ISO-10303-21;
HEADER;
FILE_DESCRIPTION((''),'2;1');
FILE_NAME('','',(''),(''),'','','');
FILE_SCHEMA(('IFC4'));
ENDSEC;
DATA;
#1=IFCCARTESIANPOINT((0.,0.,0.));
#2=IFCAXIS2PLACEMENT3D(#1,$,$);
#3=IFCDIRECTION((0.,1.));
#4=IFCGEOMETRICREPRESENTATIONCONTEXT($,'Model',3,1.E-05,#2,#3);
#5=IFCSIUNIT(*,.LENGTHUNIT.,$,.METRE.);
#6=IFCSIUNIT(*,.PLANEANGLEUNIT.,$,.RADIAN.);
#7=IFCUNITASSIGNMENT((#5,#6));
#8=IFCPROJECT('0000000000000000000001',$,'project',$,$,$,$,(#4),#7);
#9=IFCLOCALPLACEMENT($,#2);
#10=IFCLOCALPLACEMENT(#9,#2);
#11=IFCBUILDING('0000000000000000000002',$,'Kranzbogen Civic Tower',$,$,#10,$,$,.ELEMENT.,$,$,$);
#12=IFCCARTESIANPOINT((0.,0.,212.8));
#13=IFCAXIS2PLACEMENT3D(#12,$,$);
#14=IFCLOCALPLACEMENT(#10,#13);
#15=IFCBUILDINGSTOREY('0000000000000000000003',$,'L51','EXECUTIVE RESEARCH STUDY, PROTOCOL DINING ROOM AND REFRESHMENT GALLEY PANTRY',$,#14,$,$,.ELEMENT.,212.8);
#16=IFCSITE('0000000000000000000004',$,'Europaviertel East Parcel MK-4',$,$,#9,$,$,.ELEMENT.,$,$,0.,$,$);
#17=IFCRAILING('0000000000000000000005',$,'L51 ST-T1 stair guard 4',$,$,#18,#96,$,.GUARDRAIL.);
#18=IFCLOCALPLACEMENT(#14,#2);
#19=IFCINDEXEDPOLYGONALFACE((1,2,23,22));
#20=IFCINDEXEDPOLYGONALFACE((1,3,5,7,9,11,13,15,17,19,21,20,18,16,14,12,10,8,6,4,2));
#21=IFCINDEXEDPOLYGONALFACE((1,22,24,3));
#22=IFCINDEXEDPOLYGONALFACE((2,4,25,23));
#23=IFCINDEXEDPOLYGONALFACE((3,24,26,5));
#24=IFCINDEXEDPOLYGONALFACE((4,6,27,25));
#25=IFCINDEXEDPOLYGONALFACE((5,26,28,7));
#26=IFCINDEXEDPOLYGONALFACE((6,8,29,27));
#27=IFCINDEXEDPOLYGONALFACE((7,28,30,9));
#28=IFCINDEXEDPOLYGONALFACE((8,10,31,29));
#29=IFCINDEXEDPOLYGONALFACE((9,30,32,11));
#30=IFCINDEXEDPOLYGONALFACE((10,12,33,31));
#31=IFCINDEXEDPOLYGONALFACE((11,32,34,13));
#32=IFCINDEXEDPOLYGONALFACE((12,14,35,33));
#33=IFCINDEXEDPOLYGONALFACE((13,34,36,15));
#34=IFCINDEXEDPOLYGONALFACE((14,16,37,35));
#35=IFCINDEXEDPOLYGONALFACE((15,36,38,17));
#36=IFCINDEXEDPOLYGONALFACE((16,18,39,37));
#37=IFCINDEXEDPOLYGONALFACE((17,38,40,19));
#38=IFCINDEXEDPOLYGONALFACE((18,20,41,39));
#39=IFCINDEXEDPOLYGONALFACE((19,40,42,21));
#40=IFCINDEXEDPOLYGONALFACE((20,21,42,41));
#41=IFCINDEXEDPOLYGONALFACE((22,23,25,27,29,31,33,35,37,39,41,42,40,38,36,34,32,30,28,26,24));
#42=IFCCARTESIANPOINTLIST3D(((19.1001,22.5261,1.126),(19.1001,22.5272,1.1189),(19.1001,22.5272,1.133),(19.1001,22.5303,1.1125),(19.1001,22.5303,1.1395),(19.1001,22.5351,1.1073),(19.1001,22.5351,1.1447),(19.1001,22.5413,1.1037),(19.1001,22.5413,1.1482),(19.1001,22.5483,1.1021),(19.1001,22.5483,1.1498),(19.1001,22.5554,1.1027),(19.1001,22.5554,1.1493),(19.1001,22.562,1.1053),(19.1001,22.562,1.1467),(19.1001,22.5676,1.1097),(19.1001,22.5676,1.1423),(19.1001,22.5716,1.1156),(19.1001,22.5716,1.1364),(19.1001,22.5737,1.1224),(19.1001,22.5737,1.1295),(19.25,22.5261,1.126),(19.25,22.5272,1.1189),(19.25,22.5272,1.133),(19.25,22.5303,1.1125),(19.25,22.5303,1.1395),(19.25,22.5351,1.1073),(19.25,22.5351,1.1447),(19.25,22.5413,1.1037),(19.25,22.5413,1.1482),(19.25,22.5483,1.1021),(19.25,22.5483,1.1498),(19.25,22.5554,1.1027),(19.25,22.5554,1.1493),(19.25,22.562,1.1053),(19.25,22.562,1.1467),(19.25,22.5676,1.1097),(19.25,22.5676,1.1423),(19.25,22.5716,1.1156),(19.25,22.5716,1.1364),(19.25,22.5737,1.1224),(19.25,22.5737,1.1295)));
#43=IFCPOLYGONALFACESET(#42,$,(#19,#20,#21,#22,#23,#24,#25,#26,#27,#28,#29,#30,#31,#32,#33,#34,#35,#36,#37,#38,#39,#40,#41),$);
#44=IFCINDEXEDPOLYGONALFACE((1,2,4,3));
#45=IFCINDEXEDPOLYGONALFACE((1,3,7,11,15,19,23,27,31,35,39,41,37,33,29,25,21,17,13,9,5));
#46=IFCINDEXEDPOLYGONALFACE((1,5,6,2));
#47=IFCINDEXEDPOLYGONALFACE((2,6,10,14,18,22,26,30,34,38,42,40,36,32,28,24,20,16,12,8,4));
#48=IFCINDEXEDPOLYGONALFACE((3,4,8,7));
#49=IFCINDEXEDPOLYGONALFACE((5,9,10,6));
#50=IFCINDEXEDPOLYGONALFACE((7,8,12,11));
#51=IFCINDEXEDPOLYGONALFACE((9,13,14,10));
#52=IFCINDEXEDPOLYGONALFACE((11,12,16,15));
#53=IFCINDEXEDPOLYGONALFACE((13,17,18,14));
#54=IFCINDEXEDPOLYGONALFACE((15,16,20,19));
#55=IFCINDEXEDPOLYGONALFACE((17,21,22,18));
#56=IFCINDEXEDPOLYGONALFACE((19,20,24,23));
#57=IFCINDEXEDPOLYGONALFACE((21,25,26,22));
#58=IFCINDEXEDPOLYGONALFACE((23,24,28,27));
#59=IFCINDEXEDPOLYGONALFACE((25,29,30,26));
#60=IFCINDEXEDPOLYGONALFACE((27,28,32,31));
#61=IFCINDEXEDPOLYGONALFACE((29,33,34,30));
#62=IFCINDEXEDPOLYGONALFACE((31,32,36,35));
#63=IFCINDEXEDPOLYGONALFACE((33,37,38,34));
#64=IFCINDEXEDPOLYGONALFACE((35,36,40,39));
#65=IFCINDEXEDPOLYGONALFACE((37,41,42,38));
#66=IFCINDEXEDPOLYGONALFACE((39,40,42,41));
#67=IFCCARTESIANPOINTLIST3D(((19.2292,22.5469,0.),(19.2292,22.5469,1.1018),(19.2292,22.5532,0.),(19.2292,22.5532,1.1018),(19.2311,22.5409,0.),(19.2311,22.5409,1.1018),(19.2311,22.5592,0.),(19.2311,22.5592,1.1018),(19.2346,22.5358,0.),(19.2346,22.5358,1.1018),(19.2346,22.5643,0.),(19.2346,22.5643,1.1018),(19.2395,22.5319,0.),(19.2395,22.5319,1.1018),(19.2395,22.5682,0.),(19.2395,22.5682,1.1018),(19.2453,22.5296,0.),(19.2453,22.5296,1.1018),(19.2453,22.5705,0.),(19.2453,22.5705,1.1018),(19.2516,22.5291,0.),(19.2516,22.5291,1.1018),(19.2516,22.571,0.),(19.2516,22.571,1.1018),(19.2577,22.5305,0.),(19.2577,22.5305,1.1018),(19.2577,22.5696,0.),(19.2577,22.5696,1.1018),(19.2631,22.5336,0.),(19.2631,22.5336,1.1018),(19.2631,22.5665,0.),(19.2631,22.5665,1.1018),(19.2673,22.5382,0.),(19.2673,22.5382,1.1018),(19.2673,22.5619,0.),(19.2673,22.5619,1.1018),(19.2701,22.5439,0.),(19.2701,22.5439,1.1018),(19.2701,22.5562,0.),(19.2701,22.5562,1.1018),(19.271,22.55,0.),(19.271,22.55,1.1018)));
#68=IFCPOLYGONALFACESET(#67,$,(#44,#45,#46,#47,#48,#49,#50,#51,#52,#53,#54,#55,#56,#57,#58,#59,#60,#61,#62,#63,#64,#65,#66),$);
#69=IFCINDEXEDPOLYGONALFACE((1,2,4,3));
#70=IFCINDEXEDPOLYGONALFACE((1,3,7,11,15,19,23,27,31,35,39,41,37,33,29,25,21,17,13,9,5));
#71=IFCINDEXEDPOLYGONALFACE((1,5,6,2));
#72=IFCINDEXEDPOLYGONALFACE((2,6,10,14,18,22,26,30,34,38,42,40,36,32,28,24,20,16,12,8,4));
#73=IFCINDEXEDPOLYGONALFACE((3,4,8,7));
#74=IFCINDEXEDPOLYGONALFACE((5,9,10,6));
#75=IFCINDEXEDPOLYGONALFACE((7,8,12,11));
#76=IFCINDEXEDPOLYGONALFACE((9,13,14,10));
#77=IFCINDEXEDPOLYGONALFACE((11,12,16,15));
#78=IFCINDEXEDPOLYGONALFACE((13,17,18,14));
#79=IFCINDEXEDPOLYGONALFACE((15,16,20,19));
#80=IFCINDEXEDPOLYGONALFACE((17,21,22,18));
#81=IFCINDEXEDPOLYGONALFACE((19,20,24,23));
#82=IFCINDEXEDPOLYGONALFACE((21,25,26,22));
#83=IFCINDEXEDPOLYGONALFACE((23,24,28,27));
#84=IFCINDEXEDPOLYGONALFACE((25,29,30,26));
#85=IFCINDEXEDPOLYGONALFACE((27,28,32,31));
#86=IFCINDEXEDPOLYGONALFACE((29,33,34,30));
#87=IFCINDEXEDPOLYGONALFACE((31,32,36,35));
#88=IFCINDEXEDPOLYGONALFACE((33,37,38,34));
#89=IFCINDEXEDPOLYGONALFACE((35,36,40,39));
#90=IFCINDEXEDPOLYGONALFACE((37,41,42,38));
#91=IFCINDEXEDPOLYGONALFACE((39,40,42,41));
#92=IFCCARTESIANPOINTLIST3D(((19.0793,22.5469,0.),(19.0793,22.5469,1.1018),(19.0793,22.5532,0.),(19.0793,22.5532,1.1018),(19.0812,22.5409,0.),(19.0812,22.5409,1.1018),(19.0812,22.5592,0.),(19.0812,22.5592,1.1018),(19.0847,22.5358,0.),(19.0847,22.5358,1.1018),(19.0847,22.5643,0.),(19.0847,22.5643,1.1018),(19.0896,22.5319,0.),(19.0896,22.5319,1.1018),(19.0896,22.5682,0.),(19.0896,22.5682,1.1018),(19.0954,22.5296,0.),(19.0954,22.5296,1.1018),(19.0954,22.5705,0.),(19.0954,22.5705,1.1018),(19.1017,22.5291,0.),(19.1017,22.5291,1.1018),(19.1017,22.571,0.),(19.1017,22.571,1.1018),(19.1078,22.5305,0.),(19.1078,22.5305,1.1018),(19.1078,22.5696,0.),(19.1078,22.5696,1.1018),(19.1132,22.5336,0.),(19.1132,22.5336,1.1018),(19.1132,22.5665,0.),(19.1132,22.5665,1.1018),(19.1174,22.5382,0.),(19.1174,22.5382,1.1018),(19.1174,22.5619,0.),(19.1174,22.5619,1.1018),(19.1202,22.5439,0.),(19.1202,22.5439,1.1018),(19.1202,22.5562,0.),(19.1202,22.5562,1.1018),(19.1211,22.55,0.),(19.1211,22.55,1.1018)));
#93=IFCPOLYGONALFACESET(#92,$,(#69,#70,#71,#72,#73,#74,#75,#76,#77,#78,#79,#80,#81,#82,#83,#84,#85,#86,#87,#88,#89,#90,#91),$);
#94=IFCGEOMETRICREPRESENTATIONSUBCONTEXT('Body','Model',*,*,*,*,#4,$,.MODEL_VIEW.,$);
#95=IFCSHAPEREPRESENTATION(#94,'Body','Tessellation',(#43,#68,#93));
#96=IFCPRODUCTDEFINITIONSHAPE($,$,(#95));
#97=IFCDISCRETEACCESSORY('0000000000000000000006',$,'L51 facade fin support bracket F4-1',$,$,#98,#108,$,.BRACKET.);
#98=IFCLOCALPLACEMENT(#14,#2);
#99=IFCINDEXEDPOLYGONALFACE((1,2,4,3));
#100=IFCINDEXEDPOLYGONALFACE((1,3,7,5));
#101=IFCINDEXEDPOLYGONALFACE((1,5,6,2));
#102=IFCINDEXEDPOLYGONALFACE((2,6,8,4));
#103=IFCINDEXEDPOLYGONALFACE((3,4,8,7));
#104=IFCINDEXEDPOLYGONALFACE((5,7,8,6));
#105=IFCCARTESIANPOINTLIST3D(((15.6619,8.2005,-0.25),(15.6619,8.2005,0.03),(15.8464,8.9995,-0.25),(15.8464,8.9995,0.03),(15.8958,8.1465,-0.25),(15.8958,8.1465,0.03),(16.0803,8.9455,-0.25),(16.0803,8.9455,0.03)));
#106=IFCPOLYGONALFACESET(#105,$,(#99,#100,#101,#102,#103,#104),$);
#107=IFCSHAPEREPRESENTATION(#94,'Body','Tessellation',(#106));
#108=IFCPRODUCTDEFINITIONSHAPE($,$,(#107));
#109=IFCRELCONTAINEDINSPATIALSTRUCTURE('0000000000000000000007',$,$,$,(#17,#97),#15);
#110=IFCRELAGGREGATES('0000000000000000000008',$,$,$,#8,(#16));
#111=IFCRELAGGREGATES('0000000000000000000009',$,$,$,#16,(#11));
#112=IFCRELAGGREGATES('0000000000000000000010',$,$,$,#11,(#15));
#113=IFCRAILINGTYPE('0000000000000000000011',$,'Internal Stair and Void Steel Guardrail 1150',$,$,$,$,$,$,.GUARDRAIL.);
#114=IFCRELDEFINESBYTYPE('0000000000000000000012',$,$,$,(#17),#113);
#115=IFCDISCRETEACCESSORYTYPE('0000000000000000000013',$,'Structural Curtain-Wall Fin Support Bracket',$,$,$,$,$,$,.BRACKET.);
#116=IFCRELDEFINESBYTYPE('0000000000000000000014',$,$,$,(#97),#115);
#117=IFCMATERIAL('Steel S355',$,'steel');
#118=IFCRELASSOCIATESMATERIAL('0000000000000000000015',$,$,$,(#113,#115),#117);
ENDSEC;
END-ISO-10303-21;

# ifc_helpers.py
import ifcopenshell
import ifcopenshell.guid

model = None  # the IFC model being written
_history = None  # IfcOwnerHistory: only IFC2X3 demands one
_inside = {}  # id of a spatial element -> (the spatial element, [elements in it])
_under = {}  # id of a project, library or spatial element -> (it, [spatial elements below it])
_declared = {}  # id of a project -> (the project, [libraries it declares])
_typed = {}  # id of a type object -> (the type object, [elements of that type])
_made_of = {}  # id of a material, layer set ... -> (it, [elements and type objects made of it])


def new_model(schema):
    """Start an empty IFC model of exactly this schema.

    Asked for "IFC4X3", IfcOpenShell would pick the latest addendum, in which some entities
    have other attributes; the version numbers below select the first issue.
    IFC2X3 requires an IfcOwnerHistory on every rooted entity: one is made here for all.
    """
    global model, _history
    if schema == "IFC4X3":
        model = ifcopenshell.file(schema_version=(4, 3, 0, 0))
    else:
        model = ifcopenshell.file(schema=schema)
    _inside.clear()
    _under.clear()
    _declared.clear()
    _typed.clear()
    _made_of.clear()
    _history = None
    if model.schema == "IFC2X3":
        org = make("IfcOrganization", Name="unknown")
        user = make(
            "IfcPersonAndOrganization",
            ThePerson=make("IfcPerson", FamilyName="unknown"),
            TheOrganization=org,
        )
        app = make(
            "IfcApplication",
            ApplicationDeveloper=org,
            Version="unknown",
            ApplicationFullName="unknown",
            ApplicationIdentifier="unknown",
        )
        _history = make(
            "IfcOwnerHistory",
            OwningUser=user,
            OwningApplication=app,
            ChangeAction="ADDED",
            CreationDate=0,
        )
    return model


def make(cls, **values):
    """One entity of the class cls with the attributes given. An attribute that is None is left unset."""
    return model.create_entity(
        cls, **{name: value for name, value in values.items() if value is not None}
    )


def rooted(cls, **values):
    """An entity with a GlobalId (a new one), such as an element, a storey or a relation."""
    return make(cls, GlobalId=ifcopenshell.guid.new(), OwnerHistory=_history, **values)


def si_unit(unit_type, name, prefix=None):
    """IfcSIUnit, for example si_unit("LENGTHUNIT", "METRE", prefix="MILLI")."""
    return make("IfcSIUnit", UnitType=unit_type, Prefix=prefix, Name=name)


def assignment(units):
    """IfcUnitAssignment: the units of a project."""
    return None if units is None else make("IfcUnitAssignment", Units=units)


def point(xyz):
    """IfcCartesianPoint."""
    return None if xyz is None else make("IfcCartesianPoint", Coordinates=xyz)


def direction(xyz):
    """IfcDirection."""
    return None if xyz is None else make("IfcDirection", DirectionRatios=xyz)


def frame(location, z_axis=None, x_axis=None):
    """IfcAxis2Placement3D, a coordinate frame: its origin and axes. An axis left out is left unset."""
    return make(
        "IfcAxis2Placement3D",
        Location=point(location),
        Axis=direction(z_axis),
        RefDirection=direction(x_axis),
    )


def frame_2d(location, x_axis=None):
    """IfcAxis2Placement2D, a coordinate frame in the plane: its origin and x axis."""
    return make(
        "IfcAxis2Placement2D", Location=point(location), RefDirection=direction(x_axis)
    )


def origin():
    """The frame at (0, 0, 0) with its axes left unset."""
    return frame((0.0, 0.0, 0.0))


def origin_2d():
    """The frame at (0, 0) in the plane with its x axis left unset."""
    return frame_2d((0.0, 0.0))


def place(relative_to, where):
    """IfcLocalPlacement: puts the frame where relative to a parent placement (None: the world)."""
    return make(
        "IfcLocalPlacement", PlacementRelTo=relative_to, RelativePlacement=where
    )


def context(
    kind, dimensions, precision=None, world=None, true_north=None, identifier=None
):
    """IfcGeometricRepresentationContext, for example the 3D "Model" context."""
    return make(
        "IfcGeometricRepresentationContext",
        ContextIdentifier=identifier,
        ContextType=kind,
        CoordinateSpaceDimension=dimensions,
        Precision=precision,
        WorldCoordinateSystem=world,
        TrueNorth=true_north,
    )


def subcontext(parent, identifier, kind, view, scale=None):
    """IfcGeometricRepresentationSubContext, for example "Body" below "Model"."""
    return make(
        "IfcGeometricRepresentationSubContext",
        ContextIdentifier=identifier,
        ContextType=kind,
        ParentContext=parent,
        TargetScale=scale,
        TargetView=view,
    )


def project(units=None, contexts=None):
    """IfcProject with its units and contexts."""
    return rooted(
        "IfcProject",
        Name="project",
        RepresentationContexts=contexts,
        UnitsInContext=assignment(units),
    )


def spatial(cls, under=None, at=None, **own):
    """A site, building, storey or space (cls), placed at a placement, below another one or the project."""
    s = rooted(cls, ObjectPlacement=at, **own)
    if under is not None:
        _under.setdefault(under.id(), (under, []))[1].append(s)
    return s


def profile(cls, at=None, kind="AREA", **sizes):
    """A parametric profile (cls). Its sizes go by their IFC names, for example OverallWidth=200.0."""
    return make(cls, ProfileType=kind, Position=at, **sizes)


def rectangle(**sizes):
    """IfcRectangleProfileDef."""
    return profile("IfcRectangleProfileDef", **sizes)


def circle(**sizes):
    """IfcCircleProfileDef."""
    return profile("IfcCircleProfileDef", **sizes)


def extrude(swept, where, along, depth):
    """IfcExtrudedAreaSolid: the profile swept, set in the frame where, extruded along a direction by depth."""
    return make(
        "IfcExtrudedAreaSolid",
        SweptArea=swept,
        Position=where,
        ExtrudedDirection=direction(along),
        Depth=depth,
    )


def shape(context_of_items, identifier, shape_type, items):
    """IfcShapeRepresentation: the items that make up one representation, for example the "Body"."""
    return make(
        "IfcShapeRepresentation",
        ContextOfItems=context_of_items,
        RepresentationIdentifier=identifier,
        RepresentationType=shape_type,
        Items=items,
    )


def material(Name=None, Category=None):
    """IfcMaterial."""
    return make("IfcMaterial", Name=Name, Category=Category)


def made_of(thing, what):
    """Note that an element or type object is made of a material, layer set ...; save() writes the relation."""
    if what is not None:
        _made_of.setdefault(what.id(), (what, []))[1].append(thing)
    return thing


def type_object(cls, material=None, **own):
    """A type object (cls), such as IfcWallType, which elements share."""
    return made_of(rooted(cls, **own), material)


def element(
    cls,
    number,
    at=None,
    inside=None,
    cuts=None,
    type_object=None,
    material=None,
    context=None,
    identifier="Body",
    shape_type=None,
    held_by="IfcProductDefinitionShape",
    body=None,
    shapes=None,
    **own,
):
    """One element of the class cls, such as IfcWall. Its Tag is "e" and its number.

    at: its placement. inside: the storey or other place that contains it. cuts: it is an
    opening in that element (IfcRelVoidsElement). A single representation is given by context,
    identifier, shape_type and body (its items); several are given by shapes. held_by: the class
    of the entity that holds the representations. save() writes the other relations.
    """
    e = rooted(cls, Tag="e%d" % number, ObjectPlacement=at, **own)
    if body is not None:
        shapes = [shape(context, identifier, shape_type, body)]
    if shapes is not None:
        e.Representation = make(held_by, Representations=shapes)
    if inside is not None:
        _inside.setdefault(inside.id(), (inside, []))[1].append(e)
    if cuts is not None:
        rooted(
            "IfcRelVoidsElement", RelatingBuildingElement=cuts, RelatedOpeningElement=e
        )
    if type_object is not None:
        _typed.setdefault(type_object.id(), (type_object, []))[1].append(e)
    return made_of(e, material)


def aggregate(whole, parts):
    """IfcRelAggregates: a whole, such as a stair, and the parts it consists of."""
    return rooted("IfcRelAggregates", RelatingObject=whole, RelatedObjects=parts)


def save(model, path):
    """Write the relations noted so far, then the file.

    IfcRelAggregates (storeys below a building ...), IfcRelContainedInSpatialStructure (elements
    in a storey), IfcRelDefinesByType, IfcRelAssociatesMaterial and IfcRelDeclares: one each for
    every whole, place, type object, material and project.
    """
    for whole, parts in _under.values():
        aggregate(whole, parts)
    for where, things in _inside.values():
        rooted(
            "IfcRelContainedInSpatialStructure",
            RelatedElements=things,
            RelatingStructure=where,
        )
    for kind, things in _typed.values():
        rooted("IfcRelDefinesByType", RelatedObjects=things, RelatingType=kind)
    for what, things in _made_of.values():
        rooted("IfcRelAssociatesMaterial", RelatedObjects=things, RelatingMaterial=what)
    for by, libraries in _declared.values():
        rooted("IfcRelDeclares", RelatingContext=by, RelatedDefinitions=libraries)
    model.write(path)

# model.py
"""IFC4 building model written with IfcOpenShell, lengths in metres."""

from ifc_helpers import new_model, si_unit, direction, frame, origin, origin_2d, place, context, subcontext, project, spatial, rectangle, circle, extrude, material, type_object, element, save


model = new_model("IFC4")

# Units and contexts
model_context = context("Model", 3, precision=1e-05, world=origin(), true_north=direction((0.0, 1.0)))
body_context = subcontext(model_context, "Body", "Model", "MODEL_VIEW")
ifc_project = project(units=[si_unit("LENGTHUNIT", "METRE"), si_unit("PLANEANGLEUNIT", "RADIAN")], contexts=[model_context])

# Site, building, storey
site_placement = place(None, origin())
site = spatial("IfcSite", under=ifc_project, at=site_placement, Name="Europaviertel East Parcel MK-4", CompositionType="ELEMENT", RefElevation=0.0)
building_placement = place(site_placement, origin())
building = spatial("IfcBuilding", under=site, at=building_placement, Name="Kranzbogen Civic Tower", CompositionType="ELEMENT")
storey_placement = place(building_placement, frame((0.0, 0.0, 212.8)))
storey = spatial("IfcBuildingStorey", under=building, at=storey_placement, Name="L51", Description="EXECUTIVE RESEARCH STUDY, PROTOCOL DINING ROOM AND REFRESHMENT GALLEY PANTRY", CompositionType="ELEMENT", Elevation=212.8)

# Shared definitions
ifc_material_1 = material(Name="Steel S355", Category="steel")

# Railing
railing_type = type_object("IfcRailingType", Name="Internal Stair and Void Steel Guardrail 1150", PredefinedType="GUARDRAIL", material=ifc_material_1)
railing_1_placement = place(storey_placement, frame((19.25, 22.55, 0.0)))
element("IfcRailing", 1, at=railing_1_placement, inside=storey, type_object=railing_type, Name="L51 ST-T1 stair guard 4", PredefinedType="GUARDRAIL", context=body_context, shape_type="SweptSolid", body=[
    extrude(circle(Radius=0.0239, at=origin_2d()), frame((0.0, 0.0, 1.126), z_axis=(-1.0, 0.0, 0.0), x_axis=(0.0, -1.0, 0.0)), (0.0, 0.0, 1.0), 0.1499),
    extrude(circle(Radius=0.021, at=origin_2d()), origin(), (0.0, 0.0, 1.0), 1.1018),
    extrude(circle(Radius=0.021, at=origin_2d()), frame((-0.1499, 0.0, 0.0)), (0.0, 0.0, 1.0), 1.1018),
])

# Discrete accessory
discrete_accessory_type = type_object("IfcDiscreteAccessoryType", Name="Structural Curtain-Wall Fin Support Bracket", PredefinedType="BRACKET", material=ifc_material_1)
discrete_accessory_placement = place(storey_placement, frame((15.8711, 8.573, -0.25), z_axis=(0.0, 0.0, 1.0), x_axis=(-0.224951, -0.97437, 0.0)))
element("IfcDiscreteAccessory", 2, at=discrete_accessory_placement, inside=storey, type_object=discrete_accessory_type, Name="L51 facade fin support bracket F4-1", PredefinedType="BRACKET", context=body_context, shape_type="SweptSolid", body=[
    extrude(rectangle(XDim=0.8201, YDim=0.24, at=origin_2d()), origin(), (0.0, 0.0, 1.0), 0.28),
])

save(model, "model.ifc")
